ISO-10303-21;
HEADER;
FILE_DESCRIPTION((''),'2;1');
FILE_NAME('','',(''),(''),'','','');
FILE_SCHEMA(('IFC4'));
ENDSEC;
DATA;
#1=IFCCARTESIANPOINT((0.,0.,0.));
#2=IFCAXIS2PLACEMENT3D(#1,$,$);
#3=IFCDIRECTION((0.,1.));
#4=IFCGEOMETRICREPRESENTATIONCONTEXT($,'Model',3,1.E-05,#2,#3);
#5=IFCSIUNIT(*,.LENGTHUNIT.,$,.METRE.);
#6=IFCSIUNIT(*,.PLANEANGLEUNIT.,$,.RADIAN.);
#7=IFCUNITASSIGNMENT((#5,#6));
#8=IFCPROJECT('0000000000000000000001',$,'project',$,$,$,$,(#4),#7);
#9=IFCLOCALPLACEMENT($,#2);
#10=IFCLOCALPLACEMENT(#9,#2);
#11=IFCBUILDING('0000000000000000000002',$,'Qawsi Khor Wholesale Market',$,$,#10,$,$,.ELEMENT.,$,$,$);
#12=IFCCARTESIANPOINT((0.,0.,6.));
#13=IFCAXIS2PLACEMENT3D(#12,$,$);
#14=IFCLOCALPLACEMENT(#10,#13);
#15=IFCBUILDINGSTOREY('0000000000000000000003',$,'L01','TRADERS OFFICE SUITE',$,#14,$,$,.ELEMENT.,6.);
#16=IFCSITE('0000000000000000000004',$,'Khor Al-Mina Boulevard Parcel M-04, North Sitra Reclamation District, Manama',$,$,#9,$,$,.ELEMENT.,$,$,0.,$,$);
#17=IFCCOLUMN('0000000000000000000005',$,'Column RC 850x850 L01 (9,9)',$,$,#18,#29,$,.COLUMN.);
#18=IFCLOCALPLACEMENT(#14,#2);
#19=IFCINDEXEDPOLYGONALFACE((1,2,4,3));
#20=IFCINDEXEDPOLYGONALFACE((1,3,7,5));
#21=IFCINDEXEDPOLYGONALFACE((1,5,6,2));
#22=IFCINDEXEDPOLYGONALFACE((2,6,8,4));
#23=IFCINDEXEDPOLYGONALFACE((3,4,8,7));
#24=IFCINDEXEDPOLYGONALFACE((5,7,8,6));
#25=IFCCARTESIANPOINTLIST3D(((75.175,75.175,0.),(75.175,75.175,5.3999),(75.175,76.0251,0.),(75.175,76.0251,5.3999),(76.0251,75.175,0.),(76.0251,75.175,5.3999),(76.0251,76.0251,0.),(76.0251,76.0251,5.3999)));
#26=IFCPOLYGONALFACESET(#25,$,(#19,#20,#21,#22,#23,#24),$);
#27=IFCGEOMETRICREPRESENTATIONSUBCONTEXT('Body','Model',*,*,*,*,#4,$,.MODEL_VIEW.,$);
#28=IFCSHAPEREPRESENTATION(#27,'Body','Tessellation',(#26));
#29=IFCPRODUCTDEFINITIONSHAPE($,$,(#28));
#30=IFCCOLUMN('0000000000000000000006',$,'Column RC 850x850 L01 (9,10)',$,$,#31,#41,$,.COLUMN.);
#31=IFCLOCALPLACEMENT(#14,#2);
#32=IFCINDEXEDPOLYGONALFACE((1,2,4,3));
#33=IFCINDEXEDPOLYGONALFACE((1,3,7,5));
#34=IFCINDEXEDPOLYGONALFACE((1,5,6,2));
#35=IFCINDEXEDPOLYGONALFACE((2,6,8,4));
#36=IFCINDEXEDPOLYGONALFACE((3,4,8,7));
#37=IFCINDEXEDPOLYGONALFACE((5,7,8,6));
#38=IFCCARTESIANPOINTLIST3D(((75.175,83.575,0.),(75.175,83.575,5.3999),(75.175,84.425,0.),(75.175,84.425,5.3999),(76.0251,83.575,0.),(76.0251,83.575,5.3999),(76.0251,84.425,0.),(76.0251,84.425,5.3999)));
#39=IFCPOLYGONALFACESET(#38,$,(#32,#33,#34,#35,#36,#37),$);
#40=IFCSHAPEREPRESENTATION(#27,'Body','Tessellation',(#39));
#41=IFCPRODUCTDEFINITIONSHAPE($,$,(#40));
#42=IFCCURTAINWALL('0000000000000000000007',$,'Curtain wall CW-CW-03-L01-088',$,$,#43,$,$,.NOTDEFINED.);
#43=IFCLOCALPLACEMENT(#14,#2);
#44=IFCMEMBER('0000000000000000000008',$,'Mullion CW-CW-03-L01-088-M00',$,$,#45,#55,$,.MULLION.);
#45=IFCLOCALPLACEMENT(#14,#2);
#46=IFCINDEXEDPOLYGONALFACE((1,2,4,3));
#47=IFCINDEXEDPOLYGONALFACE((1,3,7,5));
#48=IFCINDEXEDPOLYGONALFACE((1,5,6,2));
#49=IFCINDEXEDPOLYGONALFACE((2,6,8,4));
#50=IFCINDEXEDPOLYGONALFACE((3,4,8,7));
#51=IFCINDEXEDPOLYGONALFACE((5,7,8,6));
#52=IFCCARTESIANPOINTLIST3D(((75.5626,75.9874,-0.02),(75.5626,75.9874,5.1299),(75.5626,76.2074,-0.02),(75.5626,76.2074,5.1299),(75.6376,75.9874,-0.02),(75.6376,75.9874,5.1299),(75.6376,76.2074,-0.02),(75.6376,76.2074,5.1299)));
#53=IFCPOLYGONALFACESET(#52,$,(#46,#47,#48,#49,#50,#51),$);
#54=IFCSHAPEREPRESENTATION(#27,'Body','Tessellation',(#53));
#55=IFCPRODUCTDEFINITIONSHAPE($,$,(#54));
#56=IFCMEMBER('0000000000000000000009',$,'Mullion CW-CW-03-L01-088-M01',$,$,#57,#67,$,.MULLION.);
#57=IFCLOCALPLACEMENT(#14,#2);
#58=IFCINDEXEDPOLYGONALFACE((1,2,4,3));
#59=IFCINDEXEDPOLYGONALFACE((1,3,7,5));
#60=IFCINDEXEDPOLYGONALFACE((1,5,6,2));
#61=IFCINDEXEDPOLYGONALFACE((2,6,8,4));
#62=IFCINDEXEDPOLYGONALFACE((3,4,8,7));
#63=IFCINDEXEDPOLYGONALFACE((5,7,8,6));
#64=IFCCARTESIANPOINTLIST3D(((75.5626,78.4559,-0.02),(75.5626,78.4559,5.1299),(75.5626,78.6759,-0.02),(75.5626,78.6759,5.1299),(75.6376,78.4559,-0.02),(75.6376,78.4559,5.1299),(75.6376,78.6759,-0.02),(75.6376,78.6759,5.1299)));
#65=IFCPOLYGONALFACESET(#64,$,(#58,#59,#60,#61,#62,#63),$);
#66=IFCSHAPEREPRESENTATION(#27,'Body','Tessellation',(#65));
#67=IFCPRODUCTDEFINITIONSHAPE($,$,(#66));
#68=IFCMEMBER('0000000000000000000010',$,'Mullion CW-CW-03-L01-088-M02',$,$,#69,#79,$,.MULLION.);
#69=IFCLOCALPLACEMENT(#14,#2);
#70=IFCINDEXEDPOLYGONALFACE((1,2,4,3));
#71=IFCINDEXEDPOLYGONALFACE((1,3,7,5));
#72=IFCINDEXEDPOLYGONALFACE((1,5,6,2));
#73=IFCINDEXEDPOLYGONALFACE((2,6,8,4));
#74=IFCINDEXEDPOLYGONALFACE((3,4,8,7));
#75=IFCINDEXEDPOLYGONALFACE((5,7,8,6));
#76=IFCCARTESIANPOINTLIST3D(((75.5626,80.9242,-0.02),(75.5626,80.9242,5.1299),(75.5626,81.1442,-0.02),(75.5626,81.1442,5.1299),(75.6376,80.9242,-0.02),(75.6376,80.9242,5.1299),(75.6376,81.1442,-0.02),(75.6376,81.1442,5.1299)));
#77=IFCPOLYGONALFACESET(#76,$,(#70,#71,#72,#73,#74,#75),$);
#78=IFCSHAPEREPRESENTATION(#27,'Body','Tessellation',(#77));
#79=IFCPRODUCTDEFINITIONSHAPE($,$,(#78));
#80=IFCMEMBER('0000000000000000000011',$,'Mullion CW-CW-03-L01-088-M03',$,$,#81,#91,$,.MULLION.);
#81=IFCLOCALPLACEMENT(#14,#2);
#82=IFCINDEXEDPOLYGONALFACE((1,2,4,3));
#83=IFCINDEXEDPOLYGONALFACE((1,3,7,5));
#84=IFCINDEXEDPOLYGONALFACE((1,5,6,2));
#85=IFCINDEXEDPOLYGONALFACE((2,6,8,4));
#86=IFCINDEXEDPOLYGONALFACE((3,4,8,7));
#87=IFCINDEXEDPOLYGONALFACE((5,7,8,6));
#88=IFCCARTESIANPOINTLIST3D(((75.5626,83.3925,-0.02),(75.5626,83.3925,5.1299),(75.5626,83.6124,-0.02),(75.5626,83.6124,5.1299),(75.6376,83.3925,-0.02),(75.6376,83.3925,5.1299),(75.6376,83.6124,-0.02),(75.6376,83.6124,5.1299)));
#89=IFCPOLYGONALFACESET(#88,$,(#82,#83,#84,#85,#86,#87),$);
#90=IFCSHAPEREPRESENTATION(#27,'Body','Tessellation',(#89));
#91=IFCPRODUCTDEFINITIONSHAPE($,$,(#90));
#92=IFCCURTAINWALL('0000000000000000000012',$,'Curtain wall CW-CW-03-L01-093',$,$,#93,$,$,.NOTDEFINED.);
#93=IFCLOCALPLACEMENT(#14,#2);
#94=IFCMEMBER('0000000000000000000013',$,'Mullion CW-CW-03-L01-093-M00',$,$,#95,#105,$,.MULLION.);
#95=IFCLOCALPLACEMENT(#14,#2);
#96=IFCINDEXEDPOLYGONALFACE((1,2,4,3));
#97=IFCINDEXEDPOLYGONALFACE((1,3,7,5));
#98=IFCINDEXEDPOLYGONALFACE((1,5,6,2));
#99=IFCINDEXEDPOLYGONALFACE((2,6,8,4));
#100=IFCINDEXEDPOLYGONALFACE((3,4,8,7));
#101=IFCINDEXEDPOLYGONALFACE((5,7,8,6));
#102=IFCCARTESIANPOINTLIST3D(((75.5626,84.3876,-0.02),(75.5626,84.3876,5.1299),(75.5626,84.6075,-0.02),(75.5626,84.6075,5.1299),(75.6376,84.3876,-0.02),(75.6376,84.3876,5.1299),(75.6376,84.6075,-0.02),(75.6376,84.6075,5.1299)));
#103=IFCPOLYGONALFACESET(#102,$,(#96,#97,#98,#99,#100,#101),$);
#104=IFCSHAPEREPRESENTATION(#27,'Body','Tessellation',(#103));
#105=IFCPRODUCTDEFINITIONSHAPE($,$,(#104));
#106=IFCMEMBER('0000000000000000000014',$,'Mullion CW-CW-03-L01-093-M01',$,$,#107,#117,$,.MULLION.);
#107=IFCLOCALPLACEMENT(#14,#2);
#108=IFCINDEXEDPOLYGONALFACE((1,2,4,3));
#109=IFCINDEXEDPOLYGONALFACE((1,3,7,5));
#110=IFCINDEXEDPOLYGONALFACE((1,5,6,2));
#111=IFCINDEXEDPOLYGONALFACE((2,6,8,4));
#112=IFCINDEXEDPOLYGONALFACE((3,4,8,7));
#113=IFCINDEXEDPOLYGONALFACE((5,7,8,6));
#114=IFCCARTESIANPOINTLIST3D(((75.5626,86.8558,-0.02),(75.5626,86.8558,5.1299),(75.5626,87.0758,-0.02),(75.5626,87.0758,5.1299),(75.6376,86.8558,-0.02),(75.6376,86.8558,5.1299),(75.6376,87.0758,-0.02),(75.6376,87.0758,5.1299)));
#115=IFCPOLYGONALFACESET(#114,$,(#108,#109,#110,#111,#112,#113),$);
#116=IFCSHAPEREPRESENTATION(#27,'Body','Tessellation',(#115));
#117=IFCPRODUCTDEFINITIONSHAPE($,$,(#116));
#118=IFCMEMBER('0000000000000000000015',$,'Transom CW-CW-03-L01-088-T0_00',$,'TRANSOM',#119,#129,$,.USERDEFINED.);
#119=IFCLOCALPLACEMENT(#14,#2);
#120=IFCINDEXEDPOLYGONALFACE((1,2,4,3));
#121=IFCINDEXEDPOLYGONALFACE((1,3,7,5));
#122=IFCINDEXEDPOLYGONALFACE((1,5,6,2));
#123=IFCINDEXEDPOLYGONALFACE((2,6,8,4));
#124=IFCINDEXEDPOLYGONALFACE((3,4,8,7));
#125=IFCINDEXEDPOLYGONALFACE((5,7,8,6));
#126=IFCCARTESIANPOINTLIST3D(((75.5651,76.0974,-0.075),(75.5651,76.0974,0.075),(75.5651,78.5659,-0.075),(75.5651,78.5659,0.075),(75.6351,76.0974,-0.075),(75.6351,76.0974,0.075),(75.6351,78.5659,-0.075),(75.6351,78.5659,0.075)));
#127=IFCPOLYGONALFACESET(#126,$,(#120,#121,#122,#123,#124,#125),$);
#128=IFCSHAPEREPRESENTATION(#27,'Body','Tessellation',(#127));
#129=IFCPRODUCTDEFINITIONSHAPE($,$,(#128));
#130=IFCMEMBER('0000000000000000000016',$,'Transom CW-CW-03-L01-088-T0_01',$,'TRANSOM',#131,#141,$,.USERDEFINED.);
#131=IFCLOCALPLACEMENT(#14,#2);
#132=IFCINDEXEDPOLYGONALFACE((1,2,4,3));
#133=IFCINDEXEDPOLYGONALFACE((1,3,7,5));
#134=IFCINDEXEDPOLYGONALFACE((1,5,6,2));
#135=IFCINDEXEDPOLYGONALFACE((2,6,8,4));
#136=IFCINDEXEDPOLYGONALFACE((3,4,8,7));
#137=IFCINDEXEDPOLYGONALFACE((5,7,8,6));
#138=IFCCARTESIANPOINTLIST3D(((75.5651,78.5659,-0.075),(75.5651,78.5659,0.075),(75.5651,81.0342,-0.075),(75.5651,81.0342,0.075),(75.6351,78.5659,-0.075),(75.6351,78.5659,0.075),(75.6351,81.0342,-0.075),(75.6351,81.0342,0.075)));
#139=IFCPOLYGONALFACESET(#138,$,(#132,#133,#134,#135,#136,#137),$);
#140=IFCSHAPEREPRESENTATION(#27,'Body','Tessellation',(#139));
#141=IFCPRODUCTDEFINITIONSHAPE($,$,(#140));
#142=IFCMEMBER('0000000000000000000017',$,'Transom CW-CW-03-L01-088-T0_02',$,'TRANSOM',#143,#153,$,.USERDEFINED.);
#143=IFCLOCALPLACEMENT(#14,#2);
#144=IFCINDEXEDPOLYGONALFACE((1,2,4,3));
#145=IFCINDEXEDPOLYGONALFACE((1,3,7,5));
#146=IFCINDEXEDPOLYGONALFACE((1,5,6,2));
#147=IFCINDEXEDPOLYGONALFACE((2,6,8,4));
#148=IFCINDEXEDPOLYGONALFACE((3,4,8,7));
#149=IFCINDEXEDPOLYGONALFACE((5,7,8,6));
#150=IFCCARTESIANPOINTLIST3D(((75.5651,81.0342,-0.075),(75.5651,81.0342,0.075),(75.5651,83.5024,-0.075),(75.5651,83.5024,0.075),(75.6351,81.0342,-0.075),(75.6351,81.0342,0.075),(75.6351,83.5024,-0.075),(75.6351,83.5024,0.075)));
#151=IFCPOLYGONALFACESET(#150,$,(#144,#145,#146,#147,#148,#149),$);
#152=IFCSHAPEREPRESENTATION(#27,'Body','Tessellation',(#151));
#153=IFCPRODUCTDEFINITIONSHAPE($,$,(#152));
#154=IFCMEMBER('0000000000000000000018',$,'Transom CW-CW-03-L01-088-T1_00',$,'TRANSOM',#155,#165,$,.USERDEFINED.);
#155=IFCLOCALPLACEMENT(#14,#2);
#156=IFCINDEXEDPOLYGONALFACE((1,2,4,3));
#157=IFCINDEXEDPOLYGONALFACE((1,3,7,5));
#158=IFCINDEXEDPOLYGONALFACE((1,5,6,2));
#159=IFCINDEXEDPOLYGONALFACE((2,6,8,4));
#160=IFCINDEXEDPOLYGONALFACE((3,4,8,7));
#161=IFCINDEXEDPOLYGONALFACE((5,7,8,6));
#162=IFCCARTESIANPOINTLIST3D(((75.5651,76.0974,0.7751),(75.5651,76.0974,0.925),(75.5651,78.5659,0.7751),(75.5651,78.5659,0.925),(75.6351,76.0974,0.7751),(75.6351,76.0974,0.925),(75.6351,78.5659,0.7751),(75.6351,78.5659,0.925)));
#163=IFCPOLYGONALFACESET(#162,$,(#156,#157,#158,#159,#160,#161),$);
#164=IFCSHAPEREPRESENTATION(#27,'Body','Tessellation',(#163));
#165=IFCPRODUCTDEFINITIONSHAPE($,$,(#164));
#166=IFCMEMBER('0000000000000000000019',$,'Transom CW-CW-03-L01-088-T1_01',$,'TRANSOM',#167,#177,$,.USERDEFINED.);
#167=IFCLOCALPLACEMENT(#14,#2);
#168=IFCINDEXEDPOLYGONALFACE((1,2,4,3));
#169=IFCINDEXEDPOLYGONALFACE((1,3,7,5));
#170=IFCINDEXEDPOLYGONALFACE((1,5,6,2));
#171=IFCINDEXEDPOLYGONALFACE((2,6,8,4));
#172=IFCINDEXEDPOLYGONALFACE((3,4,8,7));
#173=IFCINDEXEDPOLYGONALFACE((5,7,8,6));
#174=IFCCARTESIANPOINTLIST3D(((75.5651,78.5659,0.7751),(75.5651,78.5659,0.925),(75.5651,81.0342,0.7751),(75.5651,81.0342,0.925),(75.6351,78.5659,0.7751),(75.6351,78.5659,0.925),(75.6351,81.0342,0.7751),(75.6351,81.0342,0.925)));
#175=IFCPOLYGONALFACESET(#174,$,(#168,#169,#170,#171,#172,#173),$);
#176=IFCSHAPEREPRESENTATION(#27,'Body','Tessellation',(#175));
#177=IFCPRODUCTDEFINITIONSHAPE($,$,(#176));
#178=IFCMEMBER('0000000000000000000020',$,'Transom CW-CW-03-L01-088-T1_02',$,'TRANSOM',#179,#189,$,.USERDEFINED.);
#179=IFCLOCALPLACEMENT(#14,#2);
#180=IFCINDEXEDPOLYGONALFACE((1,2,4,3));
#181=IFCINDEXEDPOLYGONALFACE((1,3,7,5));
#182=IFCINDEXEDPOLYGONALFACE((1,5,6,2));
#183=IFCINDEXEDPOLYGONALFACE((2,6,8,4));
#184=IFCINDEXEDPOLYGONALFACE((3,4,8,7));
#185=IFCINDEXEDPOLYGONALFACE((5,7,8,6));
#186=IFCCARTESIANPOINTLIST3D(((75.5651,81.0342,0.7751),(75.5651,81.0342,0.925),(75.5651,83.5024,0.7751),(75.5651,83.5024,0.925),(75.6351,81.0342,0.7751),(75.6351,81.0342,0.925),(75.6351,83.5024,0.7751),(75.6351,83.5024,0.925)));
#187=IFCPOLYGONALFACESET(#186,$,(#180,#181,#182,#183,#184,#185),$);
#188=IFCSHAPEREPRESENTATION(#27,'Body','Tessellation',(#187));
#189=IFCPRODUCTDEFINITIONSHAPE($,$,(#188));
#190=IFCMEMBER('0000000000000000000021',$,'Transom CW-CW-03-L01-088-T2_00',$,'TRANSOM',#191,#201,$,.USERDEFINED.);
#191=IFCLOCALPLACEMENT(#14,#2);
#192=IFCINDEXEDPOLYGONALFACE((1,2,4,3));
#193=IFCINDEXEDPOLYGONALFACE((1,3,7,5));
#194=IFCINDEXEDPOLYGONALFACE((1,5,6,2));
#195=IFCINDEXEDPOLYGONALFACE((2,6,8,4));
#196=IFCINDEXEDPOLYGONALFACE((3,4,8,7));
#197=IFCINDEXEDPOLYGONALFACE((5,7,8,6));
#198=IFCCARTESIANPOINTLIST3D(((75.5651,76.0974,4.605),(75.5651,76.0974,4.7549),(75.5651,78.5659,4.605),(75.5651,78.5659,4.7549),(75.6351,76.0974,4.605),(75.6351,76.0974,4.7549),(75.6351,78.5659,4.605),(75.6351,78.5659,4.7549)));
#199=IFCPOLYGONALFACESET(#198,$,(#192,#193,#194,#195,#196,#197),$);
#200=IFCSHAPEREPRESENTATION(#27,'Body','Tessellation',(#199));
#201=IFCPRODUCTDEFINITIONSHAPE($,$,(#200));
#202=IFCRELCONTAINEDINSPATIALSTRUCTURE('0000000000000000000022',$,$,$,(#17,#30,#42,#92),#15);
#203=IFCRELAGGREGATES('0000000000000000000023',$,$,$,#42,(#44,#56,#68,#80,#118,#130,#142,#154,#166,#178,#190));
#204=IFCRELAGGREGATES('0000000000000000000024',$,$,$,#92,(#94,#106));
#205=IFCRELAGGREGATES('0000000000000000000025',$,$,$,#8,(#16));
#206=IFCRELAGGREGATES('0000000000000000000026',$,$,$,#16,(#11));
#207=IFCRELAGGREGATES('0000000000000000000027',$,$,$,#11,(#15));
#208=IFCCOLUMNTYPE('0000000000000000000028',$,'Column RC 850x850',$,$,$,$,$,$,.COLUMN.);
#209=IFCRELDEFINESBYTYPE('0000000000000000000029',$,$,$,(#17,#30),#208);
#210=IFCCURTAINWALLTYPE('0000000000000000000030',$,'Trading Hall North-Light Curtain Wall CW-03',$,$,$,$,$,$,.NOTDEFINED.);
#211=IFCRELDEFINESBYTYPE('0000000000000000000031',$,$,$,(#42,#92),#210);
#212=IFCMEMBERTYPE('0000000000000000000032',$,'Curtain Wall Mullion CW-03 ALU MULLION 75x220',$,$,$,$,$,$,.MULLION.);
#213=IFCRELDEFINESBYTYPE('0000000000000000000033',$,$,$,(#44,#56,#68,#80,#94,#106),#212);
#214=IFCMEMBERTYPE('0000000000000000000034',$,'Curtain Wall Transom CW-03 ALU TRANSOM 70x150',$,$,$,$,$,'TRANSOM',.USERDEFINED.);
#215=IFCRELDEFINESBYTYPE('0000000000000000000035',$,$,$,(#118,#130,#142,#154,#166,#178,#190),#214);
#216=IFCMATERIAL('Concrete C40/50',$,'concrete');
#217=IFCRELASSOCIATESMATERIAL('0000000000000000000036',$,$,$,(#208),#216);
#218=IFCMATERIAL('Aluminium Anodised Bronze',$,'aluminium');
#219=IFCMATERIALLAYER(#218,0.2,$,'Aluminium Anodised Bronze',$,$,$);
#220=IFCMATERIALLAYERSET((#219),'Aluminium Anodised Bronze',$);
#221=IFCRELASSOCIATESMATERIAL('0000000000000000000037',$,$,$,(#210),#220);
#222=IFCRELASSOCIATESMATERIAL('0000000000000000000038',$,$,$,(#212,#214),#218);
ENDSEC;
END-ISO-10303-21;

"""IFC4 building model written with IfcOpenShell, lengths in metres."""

from ifc_helpers import new_model, si_unit, direction, frame, origin, origin_2d, place, context, subcontext, project, spatial, rectangle, extrude, material, layer, layer_set, material_profile, profile_set, type_object, element, aggregate, save


model = new_model("IFC4")

# Units and contexts
model_context = context("Model", 3, precision=1e-05, world=origin(), true_north=direction((0.0, 1.0)))
body_context = subcontext(model_context, "Body", "Model", "MODEL_VIEW")
ifc_project = project(units=[si_unit("LENGTHUNIT", "METRE"), si_unit("PLANEANGLEUNIT", "RADIAN")], contexts=[model_context])

# Site, building, storey
site_placement = place(None, origin())
site = spatial("IfcSite", under=ifc_project, at=site_placement, Name="Khor Al-Mina Boulevard Parcel M-04, North Sitra Reclamation District, Manama", CompositionType="ELEMENT", RefElevation=0.0)
building_placement = place(site_placement, origin())
building = spatial("IfcBuilding", under=site, at=building_placement, Name="Qawsi Khor Wholesale Market", CompositionType="ELEMENT")
storey_placement = place(building_placement, frame((0.0, 0.0, 6.0)))
storey = spatial("IfcBuildingStorey", under=building, at=storey_placement, Name="L01", Description="TRADERS OFFICE SUITE", CompositionType="ELEMENT", Elevation=6.0)

# Columns
ifc_material_1 = material(Name="Concrete C40/50", Category="concrete")
ifc_material_profile_1 = material_profile(ifc_material_1, rectangle(XDim=0.8501, YDim=0.8501, at=origin_2d()), Name="RC 850x850")
ifc_profile_set_1 = profile_set([ifc_material_profile_1], Name="Concrete C40/50")
column_type = type_object("IfcColumnType", Name="Column RC 850x850", PredefinedType="COLUMN", material=ifc_profile_set_1)
for number, where, z_axis, x_axis, name in (
    (1, (75.6001, 75.6001, 0.0), (0.0, 0.0, 1.0), (1.0, 0.0, 0.0), "Column RC 850x850 L01 (9,9)"),
    (2, (75.6001, 84.0, 0.0), (0.0, 0.0, 1.0), (1.0, 0.0, 0.0), "Column RC 850x850 L01 (9,10)"),
):
    element("IfcColumn", number, at=place(storey_placement, frame(where, z_axis=z_axis, x_axis=x_axis)), inside=storey, type_object=column_type, Name=name, PredefinedType="COLUMN", context=body_context, shape_type="SweptSolid", body=[
        extrude(rectangle(XDim=0.8501, YDim=0.8501, at=origin_2d()), origin(), (0.0, 0.0, 1.0), 5.3999),
    ])

# Curtain walls, members
ifc_material_2 = material(Name="Aluminium Anodised Bronze", Category="aluminium")
ifc_layer_1 = layer(ifc_material_2, 0.2, Name="Aluminium Anodised Bronze")
ifc_layer_set_1 = layer_set([ifc_layer_1], Name="Aluminium Anodised Bronze")
curtain_wall_type = type_object("IfcCurtainWallType", Name="Trading Hall North-Light Curtain Wall CW-03", PredefinedType="NOTDEFINED", material=ifc_layer_set_1)
curtain_wall_1_placement = place(storey_placement, origin())
curtain_wall_1 = element("IfcCurtainWall", 3, at=curtain_wall_1_placement, inside=storey, type_object=curtain_wall_type, Name="Curtain wall CW-CW-03-L01-088", PredefinedType="NOTDEFINED")
ifc_material_profile_2 = material_profile(ifc_material_2, rectangle(XDim=0.075, YDim=0.22, at=origin_2d()), Name="ALU MULLION 75x220")
ifc_profile_set_2 = profile_set([ifc_material_profile_2], Name="Aluminium Anodised Bronze")
member_type_1 = type_object("IfcMemberType", Name="Curtain Wall Mullion CW-03 ALU MULLION 75x220", PredefinedType="MULLION", material=ifc_profile_set_2)
member_1_placement = place(storey_placement, frame((75.6001, 76.0974, -0.02), z_axis=(0.0, 0.0, 1.0), x_axis=(1.0, 0.0, 0.0)))
member_1 = element("IfcMember", 4, at=member_1_placement, type_object=member_type_1, Name="Mullion CW-CW-03-L01-088-M00", PredefinedType="MULLION", context=body_context, shape_type="SweptSolid", body=[
    extrude(rectangle(XDim=0.075, YDim=0.22, at=origin_2d()), origin(), (0.0, 0.0, 1.0), 5.1499),
])
member_2_placement = place(storey_placement, frame((75.6001, 78.5659, -0.02), z_axis=(0.0, 0.0, 1.0), x_axis=(1.0, 0.0, 0.0)))
member_2 = element("IfcMember", 5, at=member_2_placement, type_object=member_type_1, Name="Mullion CW-CW-03-L01-088-M01", PredefinedType="MULLION", context=body_context, shape_type="SweptSolid", body=[
    extrude(rectangle(XDim=0.075, YDim=0.22, at=origin_2d()), origin(), (0.0, 0.0, 1.0), 5.1499),
])
member_3_placement = place(storey_placement, frame((75.6001, 81.0342, -0.02), z_axis=(0.0, 0.0, 1.0), x_axis=(1.0, 0.0, 0.0)))
member_3 = element("IfcMember", 6, at=member_3_placement, type_object=member_type_1, Name="Mullion CW-CW-03-L01-088-M02", PredefinedType="MULLION", context=body_context, shape_type="SweptSolid", body=[
    extrude(rectangle(XDim=0.075, YDim=0.22, at=origin_2d()), origin(), (0.0, 0.0, 1.0), 5.1499),
])
member_4_placement = place(storey_placement, frame((75.6001, 83.5024, -0.02), z_axis=(0.0, 0.0, 1.0), x_axis=(1.0, 0.0, 0.0)))
member_4 = element("IfcMember", 7, at=member_4_placement, type_object=member_type_1, Name="Mullion CW-CW-03-L01-088-M03", PredefinedType="MULLION", context=body_context, shape_type="SweptSolid", body=[
    extrude(rectangle(XDim=0.075, YDim=0.22, at=origin_2d()), origin(), (0.0, 0.0, 1.0), 5.1499),
])
curtain_wall_2_placement = place(storey_placement, origin())
curtain_wall_2 = element("IfcCurtainWall", 8, at=curtain_wall_2_placement, inside=storey, type_object=curtain_wall_type, Name="Curtain wall CW-CW-03-L01-093", PredefinedType="NOTDEFINED")
member_5_placement = place(storey_placement, frame((75.6001, 84.4976, -0.02), z_axis=(0.0, 0.0, 1.0), x_axis=(1.0, 0.0, 0.0)))
member_5 = element("IfcMember", 9, at=member_5_placement, type_object=member_type_1, Name="Mullion CW-CW-03-L01-093-M00", PredefinedType="MULLION", context=body_context, shape_type="SweptSolid", body=[
    extrude(rectangle(XDim=0.075, YDim=0.22, at=origin_2d()), origin(), (0.0, 0.0, 1.0), 5.1499),
])
member_6_placement = place(storey_placement, frame((75.6001, 86.9658, -0.02), z_axis=(0.0, 0.0, 1.0), x_axis=(1.0, 0.0, 0.0)))
member_6 = element("IfcMember", 10, at=member_6_placement, type_object=member_type_1, Name="Mullion CW-CW-03-L01-093-M01", PredefinedType="MULLION", context=body_context, shape_type="SweptSolid", body=[
    extrude(rectangle(XDim=0.075, YDim=0.22, at=origin_2d()), origin(), (0.0, 0.0, 1.0), 5.1499),
])

# Members
ifc_material_profile_3 = material_profile(ifc_material_2, rectangle(XDim=0.0701, YDim=0.1499, at=origin_2d()), Name="ALU TRANSOM 70x150")
ifc_profile_set_3 = profile_set([ifc_material_profile_3], Name="Aluminium Anodised Bronze")
member_type_2 = type_object("IfcMemberType", Name="Curtain Wall Transom CW-03 ALU TRANSOM 70x150", ElementType="TRANSOM", PredefinedType="USERDEFINED", material=ifc_profile_set_3)
member_7_placement = place(storey_placement, frame((75.6001, 76.0974, 0.0), z_axis=(0.0, 1.0, 0.0), x_axis=(-1.0, 0.0, 0.0)))
member_7 = element("IfcMember", 11, at=member_7_placement, type_object=member_type_2, Name="Transom CW-CW-03-L01-088-T0_00", ObjectType="TRANSOM", PredefinedType="USERDEFINED", context=body_context, shape_type="SweptSolid", body=[
    extrude(rectangle(XDim=0.0701, YDim=0.1499, at=origin_2d()), origin(), (0.0, 0.0, 1.0), 2.4685),
])
member_8_placement = place(storey_placement, frame((75.6001, 78.5659, 0.0), z_axis=(0.0, 1.0, 0.0), x_axis=(-1.0, 0.0, 0.0)))
member_8 = element("IfcMember", 12, at=member_8_placement, type_object=member_type_2, Name="Transom CW-CW-03-L01-088-T0_01", ObjectType="TRANSOM", PredefinedType="USERDEFINED", context=body_context, shape_type="SweptSolid", body=[
    extrude(rectangle(XDim=0.0701, YDim=0.1499, at=origin_2d()), origin(), (0.0, 0.0, 1.0), 2.4683),
])
member_9_placement = place(storey_placement, frame((75.6001, 81.0342, 0.0), z_axis=(0.0, 1.0, 0.0), x_axis=(-1.0, 0.0, 0.0)))
member_9 = element("IfcMember", 13, at=member_9_placement, type_object=member_type_2, Name="Transom CW-CW-03-L01-088-T0_02", ObjectType="TRANSOM", PredefinedType="USERDEFINED", context=body_context, shape_type="SweptSolid", body=[
    extrude(rectangle(XDim=0.0701, YDim=0.1499, at=origin_2d()), origin(), (0.0, 0.0, 1.0), 2.4683),
])
member_10_placement = place(storey_placement, frame((75.6001, 76.0974, 0.8501), z_axis=(0.0, 1.0, 0.0), x_axis=(-1.0, 0.0, 0.0)))
member_10 = element("IfcMember", 14, at=member_10_placement, type_object=member_type_2, Name="Transom CW-CW-03-L01-088-T1_00", ObjectType="TRANSOM", PredefinedType="USERDEFINED", context=body_context, shape_type="SweptSolid", body=[
    extrude(rectangle(XDim=0.0701, YDim=0.1499, at=origin_2d()), origin(), (0.0, 0.0, 1.0), 2.4685),
])
member_11_placement = place(storey_placement, frame((75.6001, 78.5659, 0.8501), z_axis=(0.0, 1.0, 0.0), x_axis=(-1.0, 0.0, 0.0)))
member_11 = element("IfcMember", 15, at=member_11_placement, type_object=member_type_2, Name="Transom CW-CW-03-L01-088-T1_01", ObjectType="TRANSOM", PredefinedType="USERDEFINED", context=body_context, shape_type="SweptSolid", body=[
    extrude(rectangle(XDim=0.0701, YDim=0.1499, at=origin_2d()), origin(), (0.0, 0.0, 1.0), 2.4683),
])
member_12_placement = place(storey_placement, frame((75.6001, 81.0342, 0.8501), z_axis=(0.0, 1.0, 0.0), x_axis=(-1.0, 0.0, 0.0)))
member_12 = element("IfcMember", 16, at=member_12_placement, type_object=member_type_2, Name="Transom CW-CW-03-L01-088-T1_02", ObjectType="TRANSOM", PredefinedType="USERDEFINED", context=body_context, shape_type="SweptSolid", body=[
    extrude(rectangle(XDim=0.0701, YDim=0.1499, at=origin_2d()), origin(), (0.0, 0.0, 1.0), 2.4683),
])
member_13_placement = place(storey_placement, frame((75.6001, 76.0974, 4.6799), z_axis=(0.0, 1.0, 0.0), x_axis=(-1.0, 0.0, 0.0)))
member_13 = element("IfcMember", 17, at=member_13_placement, type_object=member_type_2, Name="Transom CW-CW-03-L01-088-T2_00", ObjectType="TRANSOM", PredefinedType="USERDEFINED", context=body_context, shape_type="SweptSolid", body=[
    extrude(rectangle(XDim=0.0701, YDim=0.1499, at=origin_2d()), origin(), (0.0, 0.0, 1.0), 2.4685),
])

aggregate(curtain_wall_1, [member_1, member_2, member_3, member_4, member_7, member_8, member_9, member_10, member_11, member_12, member_13])
aggregate(curtain_wall_2, [member_5, member_6])

save(model, "model.ifc")
